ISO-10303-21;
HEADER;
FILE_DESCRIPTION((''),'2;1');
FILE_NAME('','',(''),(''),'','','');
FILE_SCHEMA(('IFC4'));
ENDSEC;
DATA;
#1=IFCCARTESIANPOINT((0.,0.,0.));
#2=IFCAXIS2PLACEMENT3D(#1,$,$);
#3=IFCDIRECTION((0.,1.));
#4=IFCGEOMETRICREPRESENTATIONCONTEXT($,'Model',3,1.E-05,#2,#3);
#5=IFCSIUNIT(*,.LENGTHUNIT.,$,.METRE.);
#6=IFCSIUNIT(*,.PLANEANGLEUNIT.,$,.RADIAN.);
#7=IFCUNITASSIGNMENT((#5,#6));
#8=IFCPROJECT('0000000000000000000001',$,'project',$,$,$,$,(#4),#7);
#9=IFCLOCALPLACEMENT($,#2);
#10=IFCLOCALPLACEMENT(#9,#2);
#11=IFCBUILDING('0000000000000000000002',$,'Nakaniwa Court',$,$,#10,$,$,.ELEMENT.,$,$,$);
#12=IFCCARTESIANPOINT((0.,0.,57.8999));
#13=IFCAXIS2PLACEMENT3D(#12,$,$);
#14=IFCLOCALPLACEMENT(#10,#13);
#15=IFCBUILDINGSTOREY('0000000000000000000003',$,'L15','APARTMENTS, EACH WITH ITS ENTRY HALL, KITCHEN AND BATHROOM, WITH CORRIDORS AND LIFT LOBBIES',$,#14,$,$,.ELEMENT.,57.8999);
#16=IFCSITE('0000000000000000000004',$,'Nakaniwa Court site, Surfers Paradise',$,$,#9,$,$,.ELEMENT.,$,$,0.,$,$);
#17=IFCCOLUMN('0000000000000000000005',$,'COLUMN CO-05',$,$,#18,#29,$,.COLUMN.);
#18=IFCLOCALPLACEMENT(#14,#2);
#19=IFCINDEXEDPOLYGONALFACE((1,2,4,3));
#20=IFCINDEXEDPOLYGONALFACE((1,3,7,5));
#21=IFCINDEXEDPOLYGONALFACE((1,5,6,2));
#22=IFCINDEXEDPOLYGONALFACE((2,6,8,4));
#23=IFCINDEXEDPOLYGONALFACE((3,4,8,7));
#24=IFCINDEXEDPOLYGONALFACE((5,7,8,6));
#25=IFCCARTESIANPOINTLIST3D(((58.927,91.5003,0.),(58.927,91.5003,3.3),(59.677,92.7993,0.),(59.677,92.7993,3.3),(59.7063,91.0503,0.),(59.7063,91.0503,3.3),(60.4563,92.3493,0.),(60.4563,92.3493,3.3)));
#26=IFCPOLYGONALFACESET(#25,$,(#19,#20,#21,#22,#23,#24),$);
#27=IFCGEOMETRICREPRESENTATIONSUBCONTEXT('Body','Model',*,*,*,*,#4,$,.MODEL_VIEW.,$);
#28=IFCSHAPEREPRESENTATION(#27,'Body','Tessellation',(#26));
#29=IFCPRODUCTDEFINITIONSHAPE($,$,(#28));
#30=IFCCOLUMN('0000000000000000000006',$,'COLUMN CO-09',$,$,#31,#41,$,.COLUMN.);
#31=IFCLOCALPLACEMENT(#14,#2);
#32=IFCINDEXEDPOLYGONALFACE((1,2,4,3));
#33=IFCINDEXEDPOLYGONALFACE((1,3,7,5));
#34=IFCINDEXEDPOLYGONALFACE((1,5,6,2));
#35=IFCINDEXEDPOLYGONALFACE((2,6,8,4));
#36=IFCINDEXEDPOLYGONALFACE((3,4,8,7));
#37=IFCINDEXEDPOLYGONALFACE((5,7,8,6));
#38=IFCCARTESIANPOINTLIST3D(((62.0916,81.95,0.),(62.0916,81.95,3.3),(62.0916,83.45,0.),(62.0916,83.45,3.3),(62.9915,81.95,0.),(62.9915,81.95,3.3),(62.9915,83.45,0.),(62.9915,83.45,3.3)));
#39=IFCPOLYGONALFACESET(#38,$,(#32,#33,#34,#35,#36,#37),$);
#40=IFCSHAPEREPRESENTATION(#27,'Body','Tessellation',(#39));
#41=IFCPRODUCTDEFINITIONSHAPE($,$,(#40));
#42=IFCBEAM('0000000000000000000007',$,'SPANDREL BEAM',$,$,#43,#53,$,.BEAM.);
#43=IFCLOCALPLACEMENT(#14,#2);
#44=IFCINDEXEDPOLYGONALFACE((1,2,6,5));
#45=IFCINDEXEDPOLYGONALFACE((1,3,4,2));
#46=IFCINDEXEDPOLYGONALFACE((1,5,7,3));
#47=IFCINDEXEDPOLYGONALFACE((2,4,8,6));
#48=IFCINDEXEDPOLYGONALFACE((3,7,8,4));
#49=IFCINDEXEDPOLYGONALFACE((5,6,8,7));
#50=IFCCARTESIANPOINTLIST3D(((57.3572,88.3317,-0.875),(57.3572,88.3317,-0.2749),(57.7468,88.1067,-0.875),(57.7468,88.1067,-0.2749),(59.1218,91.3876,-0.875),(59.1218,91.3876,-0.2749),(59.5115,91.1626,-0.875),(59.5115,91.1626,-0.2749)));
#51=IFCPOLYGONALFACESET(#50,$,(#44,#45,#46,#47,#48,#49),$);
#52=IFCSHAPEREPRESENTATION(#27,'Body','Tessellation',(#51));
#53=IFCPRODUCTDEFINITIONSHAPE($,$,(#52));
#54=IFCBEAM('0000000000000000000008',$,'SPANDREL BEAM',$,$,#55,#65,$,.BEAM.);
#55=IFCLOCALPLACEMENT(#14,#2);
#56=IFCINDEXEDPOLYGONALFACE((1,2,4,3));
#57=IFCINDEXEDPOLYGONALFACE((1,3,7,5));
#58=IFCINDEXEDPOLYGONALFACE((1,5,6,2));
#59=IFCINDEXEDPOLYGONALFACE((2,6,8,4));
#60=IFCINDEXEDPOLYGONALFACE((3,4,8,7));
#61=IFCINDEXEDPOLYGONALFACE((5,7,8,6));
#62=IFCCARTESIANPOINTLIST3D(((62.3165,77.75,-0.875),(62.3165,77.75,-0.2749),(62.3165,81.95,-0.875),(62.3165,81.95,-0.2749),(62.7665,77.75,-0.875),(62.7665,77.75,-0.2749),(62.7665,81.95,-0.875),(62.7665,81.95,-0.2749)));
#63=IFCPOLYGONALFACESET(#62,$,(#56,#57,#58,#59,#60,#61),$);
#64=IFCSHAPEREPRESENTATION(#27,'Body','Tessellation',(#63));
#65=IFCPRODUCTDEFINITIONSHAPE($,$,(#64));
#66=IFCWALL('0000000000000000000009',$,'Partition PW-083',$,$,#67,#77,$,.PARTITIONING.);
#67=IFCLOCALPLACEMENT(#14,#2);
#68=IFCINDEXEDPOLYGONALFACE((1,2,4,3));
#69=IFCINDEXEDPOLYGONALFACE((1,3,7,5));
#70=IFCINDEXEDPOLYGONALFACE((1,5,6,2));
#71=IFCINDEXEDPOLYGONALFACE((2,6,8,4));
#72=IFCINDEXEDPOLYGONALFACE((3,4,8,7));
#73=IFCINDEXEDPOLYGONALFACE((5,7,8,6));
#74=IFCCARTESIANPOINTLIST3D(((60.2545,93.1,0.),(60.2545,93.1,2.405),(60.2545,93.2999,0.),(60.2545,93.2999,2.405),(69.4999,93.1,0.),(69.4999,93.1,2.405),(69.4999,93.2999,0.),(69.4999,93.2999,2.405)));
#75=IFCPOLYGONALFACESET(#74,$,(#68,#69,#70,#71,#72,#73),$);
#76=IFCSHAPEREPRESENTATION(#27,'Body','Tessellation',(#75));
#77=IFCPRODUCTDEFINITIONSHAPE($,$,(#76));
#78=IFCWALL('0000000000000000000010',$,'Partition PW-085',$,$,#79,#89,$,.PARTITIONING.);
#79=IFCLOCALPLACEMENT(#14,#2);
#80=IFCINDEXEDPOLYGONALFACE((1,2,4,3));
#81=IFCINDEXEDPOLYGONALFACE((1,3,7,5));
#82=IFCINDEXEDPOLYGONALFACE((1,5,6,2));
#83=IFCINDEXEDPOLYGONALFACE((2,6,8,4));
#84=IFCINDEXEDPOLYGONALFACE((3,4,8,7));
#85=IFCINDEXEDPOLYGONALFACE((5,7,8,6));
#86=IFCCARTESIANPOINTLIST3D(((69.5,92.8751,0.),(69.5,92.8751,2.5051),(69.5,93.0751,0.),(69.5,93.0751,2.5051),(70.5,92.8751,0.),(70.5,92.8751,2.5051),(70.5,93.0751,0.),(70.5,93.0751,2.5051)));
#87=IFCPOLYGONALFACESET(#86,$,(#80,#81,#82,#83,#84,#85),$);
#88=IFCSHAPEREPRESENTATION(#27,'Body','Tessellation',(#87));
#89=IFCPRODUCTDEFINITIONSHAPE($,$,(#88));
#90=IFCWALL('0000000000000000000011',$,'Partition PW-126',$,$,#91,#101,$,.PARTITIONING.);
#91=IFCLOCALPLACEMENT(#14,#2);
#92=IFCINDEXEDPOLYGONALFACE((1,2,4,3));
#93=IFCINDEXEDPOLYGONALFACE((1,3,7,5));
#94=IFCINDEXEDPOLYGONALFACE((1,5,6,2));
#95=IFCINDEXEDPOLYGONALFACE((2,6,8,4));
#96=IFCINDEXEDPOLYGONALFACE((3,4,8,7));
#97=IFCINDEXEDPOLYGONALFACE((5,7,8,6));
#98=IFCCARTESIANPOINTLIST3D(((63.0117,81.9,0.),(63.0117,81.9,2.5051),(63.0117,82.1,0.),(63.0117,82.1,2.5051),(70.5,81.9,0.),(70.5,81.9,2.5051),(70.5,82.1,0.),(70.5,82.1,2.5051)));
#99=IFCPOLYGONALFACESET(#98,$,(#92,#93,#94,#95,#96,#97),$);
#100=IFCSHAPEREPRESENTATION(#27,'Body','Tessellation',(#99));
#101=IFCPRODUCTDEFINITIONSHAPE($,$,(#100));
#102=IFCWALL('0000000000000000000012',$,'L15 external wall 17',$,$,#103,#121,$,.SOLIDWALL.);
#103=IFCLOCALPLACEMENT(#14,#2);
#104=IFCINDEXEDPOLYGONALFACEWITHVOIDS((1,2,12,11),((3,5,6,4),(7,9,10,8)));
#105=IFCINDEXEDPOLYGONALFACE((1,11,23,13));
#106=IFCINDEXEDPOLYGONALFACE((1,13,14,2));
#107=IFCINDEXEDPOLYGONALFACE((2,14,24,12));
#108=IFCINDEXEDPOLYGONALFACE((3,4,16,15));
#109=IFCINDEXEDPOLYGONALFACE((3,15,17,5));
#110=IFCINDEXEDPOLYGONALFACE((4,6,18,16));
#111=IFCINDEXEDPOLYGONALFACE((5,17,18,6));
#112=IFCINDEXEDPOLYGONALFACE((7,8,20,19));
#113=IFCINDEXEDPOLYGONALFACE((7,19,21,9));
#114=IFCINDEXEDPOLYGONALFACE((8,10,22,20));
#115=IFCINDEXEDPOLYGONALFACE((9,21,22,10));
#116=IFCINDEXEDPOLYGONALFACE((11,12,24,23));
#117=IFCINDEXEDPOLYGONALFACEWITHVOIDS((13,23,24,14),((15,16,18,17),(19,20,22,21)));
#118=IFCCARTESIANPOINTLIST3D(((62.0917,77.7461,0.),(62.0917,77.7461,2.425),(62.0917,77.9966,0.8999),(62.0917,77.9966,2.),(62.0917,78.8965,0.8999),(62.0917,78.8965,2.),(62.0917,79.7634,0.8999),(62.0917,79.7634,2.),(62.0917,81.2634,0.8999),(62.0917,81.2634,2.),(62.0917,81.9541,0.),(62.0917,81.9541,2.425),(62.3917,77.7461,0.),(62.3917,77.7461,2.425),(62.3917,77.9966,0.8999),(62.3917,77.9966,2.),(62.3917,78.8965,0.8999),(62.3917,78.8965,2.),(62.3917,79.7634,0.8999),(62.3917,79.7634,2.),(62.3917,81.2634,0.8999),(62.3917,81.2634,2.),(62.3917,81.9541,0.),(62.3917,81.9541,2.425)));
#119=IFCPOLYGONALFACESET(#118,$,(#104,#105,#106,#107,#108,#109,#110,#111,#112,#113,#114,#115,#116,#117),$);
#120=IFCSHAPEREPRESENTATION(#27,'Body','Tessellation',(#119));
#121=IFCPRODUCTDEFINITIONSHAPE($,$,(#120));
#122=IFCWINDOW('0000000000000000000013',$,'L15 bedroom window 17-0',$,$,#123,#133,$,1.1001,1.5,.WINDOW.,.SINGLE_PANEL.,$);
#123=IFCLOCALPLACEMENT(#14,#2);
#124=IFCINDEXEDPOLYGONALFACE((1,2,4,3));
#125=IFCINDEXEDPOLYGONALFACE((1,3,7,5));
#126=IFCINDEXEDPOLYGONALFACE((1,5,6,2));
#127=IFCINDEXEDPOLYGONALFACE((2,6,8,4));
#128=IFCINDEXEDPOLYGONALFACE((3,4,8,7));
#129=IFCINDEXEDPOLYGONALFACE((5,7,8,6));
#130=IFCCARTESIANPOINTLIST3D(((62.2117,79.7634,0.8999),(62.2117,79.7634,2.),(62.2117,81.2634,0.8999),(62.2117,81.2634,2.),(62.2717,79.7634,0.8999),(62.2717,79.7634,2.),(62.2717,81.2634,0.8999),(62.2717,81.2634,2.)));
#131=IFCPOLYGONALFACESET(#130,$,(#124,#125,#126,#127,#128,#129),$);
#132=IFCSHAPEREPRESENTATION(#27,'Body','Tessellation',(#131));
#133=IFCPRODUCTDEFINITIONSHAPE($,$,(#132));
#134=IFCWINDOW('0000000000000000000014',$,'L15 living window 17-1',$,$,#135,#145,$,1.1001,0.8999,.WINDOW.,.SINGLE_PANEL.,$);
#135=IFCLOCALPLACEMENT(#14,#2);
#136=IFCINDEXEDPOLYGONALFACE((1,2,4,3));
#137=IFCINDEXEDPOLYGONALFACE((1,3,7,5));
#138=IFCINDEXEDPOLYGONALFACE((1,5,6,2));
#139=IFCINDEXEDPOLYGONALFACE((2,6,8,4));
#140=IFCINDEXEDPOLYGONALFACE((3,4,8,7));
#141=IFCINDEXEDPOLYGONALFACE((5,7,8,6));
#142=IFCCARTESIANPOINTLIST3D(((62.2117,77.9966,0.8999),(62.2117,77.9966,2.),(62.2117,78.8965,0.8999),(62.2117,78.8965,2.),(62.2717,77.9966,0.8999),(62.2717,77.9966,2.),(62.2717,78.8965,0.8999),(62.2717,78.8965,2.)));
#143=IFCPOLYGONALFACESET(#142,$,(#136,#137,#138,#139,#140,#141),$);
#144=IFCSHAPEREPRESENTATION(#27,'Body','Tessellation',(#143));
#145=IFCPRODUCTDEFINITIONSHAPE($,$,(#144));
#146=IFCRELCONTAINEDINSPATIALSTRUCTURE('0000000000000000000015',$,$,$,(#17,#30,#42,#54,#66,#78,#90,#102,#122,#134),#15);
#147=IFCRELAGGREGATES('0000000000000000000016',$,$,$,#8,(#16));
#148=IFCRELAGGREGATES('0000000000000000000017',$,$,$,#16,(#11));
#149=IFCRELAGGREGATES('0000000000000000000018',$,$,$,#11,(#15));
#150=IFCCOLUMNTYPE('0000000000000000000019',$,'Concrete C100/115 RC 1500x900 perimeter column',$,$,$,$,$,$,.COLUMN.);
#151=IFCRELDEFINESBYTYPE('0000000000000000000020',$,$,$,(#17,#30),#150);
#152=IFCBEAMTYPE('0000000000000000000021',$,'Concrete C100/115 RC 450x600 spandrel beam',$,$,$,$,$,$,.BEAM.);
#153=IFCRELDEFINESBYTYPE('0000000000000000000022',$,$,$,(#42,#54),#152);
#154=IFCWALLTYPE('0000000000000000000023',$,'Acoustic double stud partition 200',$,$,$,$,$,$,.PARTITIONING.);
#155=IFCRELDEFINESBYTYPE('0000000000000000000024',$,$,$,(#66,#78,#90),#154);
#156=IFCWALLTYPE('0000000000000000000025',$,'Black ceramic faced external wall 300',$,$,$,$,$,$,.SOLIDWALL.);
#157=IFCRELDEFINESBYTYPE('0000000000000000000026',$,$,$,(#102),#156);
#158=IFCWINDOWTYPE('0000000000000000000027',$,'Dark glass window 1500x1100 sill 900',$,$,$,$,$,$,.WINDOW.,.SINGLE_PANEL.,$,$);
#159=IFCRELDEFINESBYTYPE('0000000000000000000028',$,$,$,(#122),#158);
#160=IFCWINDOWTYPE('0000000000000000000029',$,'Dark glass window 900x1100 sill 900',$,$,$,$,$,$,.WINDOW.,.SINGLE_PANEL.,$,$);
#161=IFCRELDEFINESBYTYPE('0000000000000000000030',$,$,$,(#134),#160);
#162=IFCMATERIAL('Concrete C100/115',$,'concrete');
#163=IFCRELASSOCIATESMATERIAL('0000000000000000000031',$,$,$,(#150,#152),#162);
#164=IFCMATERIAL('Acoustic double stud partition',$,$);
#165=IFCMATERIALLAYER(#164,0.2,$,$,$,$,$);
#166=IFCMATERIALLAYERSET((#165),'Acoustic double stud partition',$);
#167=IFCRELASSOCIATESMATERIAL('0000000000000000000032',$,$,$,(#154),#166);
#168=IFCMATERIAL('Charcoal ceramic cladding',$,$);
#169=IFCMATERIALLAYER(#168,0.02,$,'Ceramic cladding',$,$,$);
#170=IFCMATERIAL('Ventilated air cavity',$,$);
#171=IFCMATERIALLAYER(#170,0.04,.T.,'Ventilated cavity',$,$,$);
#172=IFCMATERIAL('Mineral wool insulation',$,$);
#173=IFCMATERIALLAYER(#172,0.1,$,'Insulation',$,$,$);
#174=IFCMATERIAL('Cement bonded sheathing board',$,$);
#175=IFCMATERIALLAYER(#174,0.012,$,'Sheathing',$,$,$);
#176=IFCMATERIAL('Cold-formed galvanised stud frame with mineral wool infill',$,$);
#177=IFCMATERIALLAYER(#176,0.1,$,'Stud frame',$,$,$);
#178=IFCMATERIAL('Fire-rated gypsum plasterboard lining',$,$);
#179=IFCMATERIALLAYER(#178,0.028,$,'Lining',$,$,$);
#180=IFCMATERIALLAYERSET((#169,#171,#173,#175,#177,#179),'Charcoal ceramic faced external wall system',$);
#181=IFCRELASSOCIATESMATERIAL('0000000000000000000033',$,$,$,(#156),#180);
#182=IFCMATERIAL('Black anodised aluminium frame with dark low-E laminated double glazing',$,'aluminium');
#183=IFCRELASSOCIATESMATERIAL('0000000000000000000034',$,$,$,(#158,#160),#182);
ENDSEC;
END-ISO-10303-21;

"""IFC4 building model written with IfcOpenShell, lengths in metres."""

from ifc_helpers import new_model, si_unit, direction, frame, frame_2d, origin, origin_2d, place, context, subcontext, project, spatial, rectangle, extrude, material, layer, layer_set, material_profile, profile_set, type_object, element, fill, save


model = new_model("IFC4")

# Units and contexts
model_context = context("Model", 3, precision=1e-05, world=origin(), true_north=direction((0.0, 1.0)))
body_context = subcontext(model_context, "Body", "Model", "MODEL_VIEW")
ifc_project = project(units=[si_unit("LENGTHUNIT", "METRE"), si_unit("PLANEANGLEUNIT", "RADIAN")], contexts=[model_context])

# Site, building, storey
site_placement = place(None, origin())
site = spatial("IfcSite", under=ifc_project, at=site_placement, Name="Nakaniwa Court site, Surfers Paradise", CompositionType="ELEMENT", RefElevation=0.0)
building_placement = place(site_placement, origin())
building = spatial("IfcBuilding", under=site, at=building_placement, Name="Nakaniwa Court", CompositionType="ELEMENT")
storey_placement = place(building_placement, frame((0.0, 0.0, 57.8999)))
storey = spatial("IfcBuildingStorey", under=building, at=storey_placement, Name="L15", Description="APARTMENTS, EACH WITH ITS ENTRY HALL, KITCHEN AND BATHROOM, WITH CORRIDORS AND LIFT LOBBIES", CompositionType="ELEMENT", Elevation=57.8999)

# Columns
ifc_material_1 = material(Name="Concrete C100/115", Category="concrete")
ifc_material_profile_1 = material_profile(ifc_material_1, rectangle(XDim=1.5, YDim=0.8999, at=origin_2d()), Name="Concrete C100/115 RC 1500x900 perimeter column")
ifc_profile_set_1 = profile_set([ifc_material_profile_1], Name="Concrete C100/115")
column_type = type_object("IfcColumnType", Name="Concrete C100/115 RC 1500x900 perimeter column", PredefinedType="COLUMN", material=ifc_profile_set_1)
for number, where, z_axis, x_axis, name in (
    (1, (59.6917, 91.9248, 0.0), (0.0, 0.0, 1.0), (-0.5, -0.866025, 0.0), "COLUMN CO-05"),
    (2, (62.5415, 82.7, 0.0), (0.0, 0.0, 1.0), (0.0, -1.0, 0.0), "COLUMN CO-09"),
):
    element("IfcColumn", number, at=place(storey_placement, frame(where, z_axis=z_axis, x_axis=x_axis)), inside=storey, type_object=column_type, Name=name, PredefinedType="COLUMN", context=body_context, shape_type="SweptSolid", body=[
        extrude(rectangle(XDim=1.5, YDim=0.8999, at=origin_2d()), origin(), (0.0, 0.0, 1.0), 3.3),
    ])

# Beams
ifc_material_profile_2 = material_profile(ifc_material_1, rectangle(XDim=0.45, YDim=0.6001, at=origin_2d()), Name="Concrete C100/115 RC 450x600 spandrel beam")
ifc_profile_set_2 = profile_set([ifc_material_profile_2], Name="Concrete C100/115")
beam_type = type_object("IfcBeamType", Name="Concrete C100/115 RC 450x600 spandrel beam", PredefinedType="BEAM", material=ifc_profile_set_2)
beam_1_placement = place(storey_placement, frame((59.3167, 91.2751, -0.575), z_axis=(-0.500068, -0.865986, 0.0), x_axis=(0.865986, -0.500068, 0.0)))
element("IfcBeam", 3, at=beam_1_placement, inside=storey, type_object=beam_type, Name="SPANDREL BEAM", PredefinedType="BEAM", context=body_context, shape_type="SweptSolid", body=[
    extrude(rectangle(XDim=0.45, YDim=0.6001, at=origin_2d()), origin(), (0.0, 0.0, 1.0), 3.5288),
])
beam_2_placement = place(storey_placement, frame((62.5415, 81.95, -0.575), z_axis=(0.0, -1.0, 0.0), x_axis=(1.0, 0.0, 0.0)))
element("IfcBeam", 4, at=beam_2_placement, inside=storey, type_object=beam_type, Name="SPANDREL BEAM", PredefinedType="BEAM", context=body_context, shape_type="SweptSolid", body=[
    extrude(rectangle(XDim=0.45, YDim=0.6001, at=origin_2d()), origin(), (0.0, 0.0, 1.0), 4.2),
])

# Walls
ifc_material_2 = material(Name="Acoustic double stud partition")
ifc_layer_1 = layer(ifc_material_2, 0.2)
ifc_layer_set_1 = layer_set([ifc_layer_1], Name="Acoustic double stud partition")
wall_type_1 = type_object("IfcWallType", Name="Acoustic double stud partition 200", PredefinedType="PARTITIONING", material=ifc_layer_set_1)
wall_1_placement = place(storey_placement, frame((60.2546, 93.2, 0.0), z_axis=(0.0, 0.0, 1.0), x_axis=(1.0, 0.0, 0.0)))
element("IfcWall", 5, at=wall_1_placement, inside=storey, type_object=wall_type_1, Name="Partition PW-083", PredefinedType="PARTITIONING", context=body_context, shape_type="SweptSolid", body=[
    extrude(rectangle(XDim=9.2454, YDim=0.2, at=frame_2d((4.6226, 0.0))), origin(), (0.0, 0.0, 1.0), 2.405),
])
wall_2_placement = place(storey_placement, frame((69.5, 92.9751, 0.0), z_axis=(0.0, 0.0, 1.0), x_axis=(1.0, 0.0, 0.0)))
element("IfcWall", 6, at=wall_2_placement, inside=storey, type_object=wall_type_1, Name="Partition PW-085", PredefinedType="PARTITIONING", context=body_context, shape_type="SweptSolid", body=[
    extrude(rectangle(XDim=1.0, YDim=0.2, at=frame_2d((0.5, 0.0))), origin(), (0.0, 0.0, 1.0), 2.5051),
])
wall_3_placement = place(storey_placement, frame((63.0117, 82.0, 0.0), z_axis=(0.0, 0.0, 1.0), x_axis=(1.0, 0.0, 0.0)))
element("IfcWall", 7, at=wall_3_placement, inside=storey, type_object=wall_type_1, Name="Partition PW-126", PredefinedType="PARTITIONING", context=body_context, shape_type="SweptSolid", body=[
    extrude(rectangle(XDim=7.4883, YDim=0.2, at=frame_2d((3.7441, 0.0))), origin(), (0.0, 0.0, 1.0), 2.5051),
])

# Wall, openings, windows
ifc_material_3 = material(Name="Charcoal ceramic cladding")
ifc_layer_2 = layer(ifc_material_3, 0.02, Name="Ceramic cladding")
ifc_material_4 = material(Name="Ventilated air cavity")
ifc_layer_3 = layer(ifc_material_4, 0.04, ventilated=True, Name="Ventilated cavity")
ifc_material_5 = material(Name="Mineral wool insulation")
ifc_layer_4 = layer(ifc_material_5, 0.1, Name="Insulation")
ifc_material_6 = material(Name="Cement bonded sheathing board")
ifc_layer_5 = layer(ifc_material_6, 0.012, Name="Sheathing")
ifc_material_7 = material(Name="Cold-formed galvanised stud frame with mineral wool infill")
ifc_layer_6 = layer(ifc_material_7, 0.1, Name="Stud frame")
ifc_material_8 = material(Name="Fire-rated gypsum plasterboard lining")
ifc_layer_7 = layer(ifc_material_8, 0.028, Name="Lining")
ifc_layer_set_2 = layer_set([ifc_layer_2, ifc_layer_3, ifc_layer_4, ifc_layer_5, ifc_layer_6, ifc_layer_7], Name="Charcoal ceramic faced external wall system")
wall_type_2 = type_object("IfcWallType", Name="Black ceramic faced external wall 300", PredefinedType="SOLIDWALL", material=ifc_layer_set_2)
wall_4_placement = place(storey_placement, frame((62.2417, 81.9541, 0.0), z_axis=(0.0, 0.0, 1.0), x_axis=(0.0, -1.0, 0.0)))
wall_4 = element("IfcWall", 8, at=wall_4_placement, inside=storey, type_object=wall_type_2, Name="L15 external wall 17", PredefinedType="SOLIDWALL", context=body_context, shape_type="SweptSolid", body=[
    extrude(rectangle(XDim=4.208, YDim=0.3, at=frame_2d((2.104, 0.0))), origin(), (0.0, 0.0, 1.0), 2.425),
])
opening_1_placement = place(wall_4_placement, frame((0.6907, 0.0, 0.8999)))
opening_1 = element("IfcOpeningElement", 9, at=opening_1_placement, cuts=wall_4, PredefinedType="OPENING", context=body_context, shape_type="SweptSolid", body=[
    extrude(rectangle(XDim=1.5, YDim=1.1001, at=frame_2d((0.75, 0.55))), frame((0.0, 0.1599, 0.0), z_axis=(0.0, -1.0, 0.0), x_axis=(1.0, 0.0, 0.0)), (0.0, 0.0, 1.0), 0.3201),
])
opening_2_placement = place(wall_4_placement, frame((3.0576, 0.0, 0.8999)))
opening_2 = element("IfcOpeningElement", 10, at=opening_2_placement, cuts=wall_4, PredefinedType="OPENING", context=body_context, shape_type="SweptSolid", body=[
    extrude(rectangle(XDim=0.8999, YDim=1.1001, at=frame_2d((0.45, 0.55))), frame((0.0, 0.1599, 0.0), z_axis=(0.0, -1.0, 0.0), x_axis=(1.0, 0.0, 0.0)), (0.0, 0.0, 1.0), 0.3201),
])
ifc_material_9 = material(Name="Black anodised aluminium frame with dark low-E laminated double glazing", Category="aluminium")
window_type_1 = type_object("IfcWindowType", Name="Dark glass window 1500x1100 sill 900", PartitioningType="SINGLE_PANEL", PredefinedType="WINDOW", material=ifc_material_9)
window_1_placement = place(opening_1_placement, origin())
window_1 = element("IfcWindow", 11, at=window_1_placement, inside=storey, type_object=window_type_1, Name="L15 bedroom window 17-0", OverallHeight=1.1001, OverallWidth=1.5, PartitioningType="SINGLE_PANEL", PredefinedType="WINDOW", context=body_context, shape_type="SweptSolid", body=[
    extrude(rectangle(XDim=1.5, YDim=1.1001, at=frame_2d((0.75, 0.55))), frame((0.0, 0.03, 0.0), z_axis=(0.0, -1.0, 0.0), x_axis=(1.0, 0.0, 0.0)), (0.0, 0.0, 1.0), 0.0601),
])
fill(opening_1, window_1)
window_type_2 = type_object("IfcWindowType", Name="Dark glass window 900x1100 sill 900", PartitioningType="SINGLE_PANEL", PredefinedType="WINDOW", material=ifc_material_9)
window_2_placement = place(opening_2_placement, origin())
window_2 = element("IfcWindow", 12, at=window_2_placement, inside=storey, type_object=window_type_2, Name="L15 living window 17-1", OverallHeight=1.1001, OverallWidth=0.8999, PartitioningType="SINGLE_PANEL", PredefinedType="WINDOW", context=body_context, shape_type="SweptSolid", body=[
    extrude(rectangle(XDim=0.8999, YDim=1.1001, at=frame_2d((0.45, 0.55))), frame((0.0, 0.03, 0.0), z_axis=(0.0, -1.0, 0.0), x_axis=(1.0, 0.0, 0.0)), (0.0, 0.0, 1.0), 0.0601),
])
fill(opening_2, window_2)

save(model, "model.ifc")
